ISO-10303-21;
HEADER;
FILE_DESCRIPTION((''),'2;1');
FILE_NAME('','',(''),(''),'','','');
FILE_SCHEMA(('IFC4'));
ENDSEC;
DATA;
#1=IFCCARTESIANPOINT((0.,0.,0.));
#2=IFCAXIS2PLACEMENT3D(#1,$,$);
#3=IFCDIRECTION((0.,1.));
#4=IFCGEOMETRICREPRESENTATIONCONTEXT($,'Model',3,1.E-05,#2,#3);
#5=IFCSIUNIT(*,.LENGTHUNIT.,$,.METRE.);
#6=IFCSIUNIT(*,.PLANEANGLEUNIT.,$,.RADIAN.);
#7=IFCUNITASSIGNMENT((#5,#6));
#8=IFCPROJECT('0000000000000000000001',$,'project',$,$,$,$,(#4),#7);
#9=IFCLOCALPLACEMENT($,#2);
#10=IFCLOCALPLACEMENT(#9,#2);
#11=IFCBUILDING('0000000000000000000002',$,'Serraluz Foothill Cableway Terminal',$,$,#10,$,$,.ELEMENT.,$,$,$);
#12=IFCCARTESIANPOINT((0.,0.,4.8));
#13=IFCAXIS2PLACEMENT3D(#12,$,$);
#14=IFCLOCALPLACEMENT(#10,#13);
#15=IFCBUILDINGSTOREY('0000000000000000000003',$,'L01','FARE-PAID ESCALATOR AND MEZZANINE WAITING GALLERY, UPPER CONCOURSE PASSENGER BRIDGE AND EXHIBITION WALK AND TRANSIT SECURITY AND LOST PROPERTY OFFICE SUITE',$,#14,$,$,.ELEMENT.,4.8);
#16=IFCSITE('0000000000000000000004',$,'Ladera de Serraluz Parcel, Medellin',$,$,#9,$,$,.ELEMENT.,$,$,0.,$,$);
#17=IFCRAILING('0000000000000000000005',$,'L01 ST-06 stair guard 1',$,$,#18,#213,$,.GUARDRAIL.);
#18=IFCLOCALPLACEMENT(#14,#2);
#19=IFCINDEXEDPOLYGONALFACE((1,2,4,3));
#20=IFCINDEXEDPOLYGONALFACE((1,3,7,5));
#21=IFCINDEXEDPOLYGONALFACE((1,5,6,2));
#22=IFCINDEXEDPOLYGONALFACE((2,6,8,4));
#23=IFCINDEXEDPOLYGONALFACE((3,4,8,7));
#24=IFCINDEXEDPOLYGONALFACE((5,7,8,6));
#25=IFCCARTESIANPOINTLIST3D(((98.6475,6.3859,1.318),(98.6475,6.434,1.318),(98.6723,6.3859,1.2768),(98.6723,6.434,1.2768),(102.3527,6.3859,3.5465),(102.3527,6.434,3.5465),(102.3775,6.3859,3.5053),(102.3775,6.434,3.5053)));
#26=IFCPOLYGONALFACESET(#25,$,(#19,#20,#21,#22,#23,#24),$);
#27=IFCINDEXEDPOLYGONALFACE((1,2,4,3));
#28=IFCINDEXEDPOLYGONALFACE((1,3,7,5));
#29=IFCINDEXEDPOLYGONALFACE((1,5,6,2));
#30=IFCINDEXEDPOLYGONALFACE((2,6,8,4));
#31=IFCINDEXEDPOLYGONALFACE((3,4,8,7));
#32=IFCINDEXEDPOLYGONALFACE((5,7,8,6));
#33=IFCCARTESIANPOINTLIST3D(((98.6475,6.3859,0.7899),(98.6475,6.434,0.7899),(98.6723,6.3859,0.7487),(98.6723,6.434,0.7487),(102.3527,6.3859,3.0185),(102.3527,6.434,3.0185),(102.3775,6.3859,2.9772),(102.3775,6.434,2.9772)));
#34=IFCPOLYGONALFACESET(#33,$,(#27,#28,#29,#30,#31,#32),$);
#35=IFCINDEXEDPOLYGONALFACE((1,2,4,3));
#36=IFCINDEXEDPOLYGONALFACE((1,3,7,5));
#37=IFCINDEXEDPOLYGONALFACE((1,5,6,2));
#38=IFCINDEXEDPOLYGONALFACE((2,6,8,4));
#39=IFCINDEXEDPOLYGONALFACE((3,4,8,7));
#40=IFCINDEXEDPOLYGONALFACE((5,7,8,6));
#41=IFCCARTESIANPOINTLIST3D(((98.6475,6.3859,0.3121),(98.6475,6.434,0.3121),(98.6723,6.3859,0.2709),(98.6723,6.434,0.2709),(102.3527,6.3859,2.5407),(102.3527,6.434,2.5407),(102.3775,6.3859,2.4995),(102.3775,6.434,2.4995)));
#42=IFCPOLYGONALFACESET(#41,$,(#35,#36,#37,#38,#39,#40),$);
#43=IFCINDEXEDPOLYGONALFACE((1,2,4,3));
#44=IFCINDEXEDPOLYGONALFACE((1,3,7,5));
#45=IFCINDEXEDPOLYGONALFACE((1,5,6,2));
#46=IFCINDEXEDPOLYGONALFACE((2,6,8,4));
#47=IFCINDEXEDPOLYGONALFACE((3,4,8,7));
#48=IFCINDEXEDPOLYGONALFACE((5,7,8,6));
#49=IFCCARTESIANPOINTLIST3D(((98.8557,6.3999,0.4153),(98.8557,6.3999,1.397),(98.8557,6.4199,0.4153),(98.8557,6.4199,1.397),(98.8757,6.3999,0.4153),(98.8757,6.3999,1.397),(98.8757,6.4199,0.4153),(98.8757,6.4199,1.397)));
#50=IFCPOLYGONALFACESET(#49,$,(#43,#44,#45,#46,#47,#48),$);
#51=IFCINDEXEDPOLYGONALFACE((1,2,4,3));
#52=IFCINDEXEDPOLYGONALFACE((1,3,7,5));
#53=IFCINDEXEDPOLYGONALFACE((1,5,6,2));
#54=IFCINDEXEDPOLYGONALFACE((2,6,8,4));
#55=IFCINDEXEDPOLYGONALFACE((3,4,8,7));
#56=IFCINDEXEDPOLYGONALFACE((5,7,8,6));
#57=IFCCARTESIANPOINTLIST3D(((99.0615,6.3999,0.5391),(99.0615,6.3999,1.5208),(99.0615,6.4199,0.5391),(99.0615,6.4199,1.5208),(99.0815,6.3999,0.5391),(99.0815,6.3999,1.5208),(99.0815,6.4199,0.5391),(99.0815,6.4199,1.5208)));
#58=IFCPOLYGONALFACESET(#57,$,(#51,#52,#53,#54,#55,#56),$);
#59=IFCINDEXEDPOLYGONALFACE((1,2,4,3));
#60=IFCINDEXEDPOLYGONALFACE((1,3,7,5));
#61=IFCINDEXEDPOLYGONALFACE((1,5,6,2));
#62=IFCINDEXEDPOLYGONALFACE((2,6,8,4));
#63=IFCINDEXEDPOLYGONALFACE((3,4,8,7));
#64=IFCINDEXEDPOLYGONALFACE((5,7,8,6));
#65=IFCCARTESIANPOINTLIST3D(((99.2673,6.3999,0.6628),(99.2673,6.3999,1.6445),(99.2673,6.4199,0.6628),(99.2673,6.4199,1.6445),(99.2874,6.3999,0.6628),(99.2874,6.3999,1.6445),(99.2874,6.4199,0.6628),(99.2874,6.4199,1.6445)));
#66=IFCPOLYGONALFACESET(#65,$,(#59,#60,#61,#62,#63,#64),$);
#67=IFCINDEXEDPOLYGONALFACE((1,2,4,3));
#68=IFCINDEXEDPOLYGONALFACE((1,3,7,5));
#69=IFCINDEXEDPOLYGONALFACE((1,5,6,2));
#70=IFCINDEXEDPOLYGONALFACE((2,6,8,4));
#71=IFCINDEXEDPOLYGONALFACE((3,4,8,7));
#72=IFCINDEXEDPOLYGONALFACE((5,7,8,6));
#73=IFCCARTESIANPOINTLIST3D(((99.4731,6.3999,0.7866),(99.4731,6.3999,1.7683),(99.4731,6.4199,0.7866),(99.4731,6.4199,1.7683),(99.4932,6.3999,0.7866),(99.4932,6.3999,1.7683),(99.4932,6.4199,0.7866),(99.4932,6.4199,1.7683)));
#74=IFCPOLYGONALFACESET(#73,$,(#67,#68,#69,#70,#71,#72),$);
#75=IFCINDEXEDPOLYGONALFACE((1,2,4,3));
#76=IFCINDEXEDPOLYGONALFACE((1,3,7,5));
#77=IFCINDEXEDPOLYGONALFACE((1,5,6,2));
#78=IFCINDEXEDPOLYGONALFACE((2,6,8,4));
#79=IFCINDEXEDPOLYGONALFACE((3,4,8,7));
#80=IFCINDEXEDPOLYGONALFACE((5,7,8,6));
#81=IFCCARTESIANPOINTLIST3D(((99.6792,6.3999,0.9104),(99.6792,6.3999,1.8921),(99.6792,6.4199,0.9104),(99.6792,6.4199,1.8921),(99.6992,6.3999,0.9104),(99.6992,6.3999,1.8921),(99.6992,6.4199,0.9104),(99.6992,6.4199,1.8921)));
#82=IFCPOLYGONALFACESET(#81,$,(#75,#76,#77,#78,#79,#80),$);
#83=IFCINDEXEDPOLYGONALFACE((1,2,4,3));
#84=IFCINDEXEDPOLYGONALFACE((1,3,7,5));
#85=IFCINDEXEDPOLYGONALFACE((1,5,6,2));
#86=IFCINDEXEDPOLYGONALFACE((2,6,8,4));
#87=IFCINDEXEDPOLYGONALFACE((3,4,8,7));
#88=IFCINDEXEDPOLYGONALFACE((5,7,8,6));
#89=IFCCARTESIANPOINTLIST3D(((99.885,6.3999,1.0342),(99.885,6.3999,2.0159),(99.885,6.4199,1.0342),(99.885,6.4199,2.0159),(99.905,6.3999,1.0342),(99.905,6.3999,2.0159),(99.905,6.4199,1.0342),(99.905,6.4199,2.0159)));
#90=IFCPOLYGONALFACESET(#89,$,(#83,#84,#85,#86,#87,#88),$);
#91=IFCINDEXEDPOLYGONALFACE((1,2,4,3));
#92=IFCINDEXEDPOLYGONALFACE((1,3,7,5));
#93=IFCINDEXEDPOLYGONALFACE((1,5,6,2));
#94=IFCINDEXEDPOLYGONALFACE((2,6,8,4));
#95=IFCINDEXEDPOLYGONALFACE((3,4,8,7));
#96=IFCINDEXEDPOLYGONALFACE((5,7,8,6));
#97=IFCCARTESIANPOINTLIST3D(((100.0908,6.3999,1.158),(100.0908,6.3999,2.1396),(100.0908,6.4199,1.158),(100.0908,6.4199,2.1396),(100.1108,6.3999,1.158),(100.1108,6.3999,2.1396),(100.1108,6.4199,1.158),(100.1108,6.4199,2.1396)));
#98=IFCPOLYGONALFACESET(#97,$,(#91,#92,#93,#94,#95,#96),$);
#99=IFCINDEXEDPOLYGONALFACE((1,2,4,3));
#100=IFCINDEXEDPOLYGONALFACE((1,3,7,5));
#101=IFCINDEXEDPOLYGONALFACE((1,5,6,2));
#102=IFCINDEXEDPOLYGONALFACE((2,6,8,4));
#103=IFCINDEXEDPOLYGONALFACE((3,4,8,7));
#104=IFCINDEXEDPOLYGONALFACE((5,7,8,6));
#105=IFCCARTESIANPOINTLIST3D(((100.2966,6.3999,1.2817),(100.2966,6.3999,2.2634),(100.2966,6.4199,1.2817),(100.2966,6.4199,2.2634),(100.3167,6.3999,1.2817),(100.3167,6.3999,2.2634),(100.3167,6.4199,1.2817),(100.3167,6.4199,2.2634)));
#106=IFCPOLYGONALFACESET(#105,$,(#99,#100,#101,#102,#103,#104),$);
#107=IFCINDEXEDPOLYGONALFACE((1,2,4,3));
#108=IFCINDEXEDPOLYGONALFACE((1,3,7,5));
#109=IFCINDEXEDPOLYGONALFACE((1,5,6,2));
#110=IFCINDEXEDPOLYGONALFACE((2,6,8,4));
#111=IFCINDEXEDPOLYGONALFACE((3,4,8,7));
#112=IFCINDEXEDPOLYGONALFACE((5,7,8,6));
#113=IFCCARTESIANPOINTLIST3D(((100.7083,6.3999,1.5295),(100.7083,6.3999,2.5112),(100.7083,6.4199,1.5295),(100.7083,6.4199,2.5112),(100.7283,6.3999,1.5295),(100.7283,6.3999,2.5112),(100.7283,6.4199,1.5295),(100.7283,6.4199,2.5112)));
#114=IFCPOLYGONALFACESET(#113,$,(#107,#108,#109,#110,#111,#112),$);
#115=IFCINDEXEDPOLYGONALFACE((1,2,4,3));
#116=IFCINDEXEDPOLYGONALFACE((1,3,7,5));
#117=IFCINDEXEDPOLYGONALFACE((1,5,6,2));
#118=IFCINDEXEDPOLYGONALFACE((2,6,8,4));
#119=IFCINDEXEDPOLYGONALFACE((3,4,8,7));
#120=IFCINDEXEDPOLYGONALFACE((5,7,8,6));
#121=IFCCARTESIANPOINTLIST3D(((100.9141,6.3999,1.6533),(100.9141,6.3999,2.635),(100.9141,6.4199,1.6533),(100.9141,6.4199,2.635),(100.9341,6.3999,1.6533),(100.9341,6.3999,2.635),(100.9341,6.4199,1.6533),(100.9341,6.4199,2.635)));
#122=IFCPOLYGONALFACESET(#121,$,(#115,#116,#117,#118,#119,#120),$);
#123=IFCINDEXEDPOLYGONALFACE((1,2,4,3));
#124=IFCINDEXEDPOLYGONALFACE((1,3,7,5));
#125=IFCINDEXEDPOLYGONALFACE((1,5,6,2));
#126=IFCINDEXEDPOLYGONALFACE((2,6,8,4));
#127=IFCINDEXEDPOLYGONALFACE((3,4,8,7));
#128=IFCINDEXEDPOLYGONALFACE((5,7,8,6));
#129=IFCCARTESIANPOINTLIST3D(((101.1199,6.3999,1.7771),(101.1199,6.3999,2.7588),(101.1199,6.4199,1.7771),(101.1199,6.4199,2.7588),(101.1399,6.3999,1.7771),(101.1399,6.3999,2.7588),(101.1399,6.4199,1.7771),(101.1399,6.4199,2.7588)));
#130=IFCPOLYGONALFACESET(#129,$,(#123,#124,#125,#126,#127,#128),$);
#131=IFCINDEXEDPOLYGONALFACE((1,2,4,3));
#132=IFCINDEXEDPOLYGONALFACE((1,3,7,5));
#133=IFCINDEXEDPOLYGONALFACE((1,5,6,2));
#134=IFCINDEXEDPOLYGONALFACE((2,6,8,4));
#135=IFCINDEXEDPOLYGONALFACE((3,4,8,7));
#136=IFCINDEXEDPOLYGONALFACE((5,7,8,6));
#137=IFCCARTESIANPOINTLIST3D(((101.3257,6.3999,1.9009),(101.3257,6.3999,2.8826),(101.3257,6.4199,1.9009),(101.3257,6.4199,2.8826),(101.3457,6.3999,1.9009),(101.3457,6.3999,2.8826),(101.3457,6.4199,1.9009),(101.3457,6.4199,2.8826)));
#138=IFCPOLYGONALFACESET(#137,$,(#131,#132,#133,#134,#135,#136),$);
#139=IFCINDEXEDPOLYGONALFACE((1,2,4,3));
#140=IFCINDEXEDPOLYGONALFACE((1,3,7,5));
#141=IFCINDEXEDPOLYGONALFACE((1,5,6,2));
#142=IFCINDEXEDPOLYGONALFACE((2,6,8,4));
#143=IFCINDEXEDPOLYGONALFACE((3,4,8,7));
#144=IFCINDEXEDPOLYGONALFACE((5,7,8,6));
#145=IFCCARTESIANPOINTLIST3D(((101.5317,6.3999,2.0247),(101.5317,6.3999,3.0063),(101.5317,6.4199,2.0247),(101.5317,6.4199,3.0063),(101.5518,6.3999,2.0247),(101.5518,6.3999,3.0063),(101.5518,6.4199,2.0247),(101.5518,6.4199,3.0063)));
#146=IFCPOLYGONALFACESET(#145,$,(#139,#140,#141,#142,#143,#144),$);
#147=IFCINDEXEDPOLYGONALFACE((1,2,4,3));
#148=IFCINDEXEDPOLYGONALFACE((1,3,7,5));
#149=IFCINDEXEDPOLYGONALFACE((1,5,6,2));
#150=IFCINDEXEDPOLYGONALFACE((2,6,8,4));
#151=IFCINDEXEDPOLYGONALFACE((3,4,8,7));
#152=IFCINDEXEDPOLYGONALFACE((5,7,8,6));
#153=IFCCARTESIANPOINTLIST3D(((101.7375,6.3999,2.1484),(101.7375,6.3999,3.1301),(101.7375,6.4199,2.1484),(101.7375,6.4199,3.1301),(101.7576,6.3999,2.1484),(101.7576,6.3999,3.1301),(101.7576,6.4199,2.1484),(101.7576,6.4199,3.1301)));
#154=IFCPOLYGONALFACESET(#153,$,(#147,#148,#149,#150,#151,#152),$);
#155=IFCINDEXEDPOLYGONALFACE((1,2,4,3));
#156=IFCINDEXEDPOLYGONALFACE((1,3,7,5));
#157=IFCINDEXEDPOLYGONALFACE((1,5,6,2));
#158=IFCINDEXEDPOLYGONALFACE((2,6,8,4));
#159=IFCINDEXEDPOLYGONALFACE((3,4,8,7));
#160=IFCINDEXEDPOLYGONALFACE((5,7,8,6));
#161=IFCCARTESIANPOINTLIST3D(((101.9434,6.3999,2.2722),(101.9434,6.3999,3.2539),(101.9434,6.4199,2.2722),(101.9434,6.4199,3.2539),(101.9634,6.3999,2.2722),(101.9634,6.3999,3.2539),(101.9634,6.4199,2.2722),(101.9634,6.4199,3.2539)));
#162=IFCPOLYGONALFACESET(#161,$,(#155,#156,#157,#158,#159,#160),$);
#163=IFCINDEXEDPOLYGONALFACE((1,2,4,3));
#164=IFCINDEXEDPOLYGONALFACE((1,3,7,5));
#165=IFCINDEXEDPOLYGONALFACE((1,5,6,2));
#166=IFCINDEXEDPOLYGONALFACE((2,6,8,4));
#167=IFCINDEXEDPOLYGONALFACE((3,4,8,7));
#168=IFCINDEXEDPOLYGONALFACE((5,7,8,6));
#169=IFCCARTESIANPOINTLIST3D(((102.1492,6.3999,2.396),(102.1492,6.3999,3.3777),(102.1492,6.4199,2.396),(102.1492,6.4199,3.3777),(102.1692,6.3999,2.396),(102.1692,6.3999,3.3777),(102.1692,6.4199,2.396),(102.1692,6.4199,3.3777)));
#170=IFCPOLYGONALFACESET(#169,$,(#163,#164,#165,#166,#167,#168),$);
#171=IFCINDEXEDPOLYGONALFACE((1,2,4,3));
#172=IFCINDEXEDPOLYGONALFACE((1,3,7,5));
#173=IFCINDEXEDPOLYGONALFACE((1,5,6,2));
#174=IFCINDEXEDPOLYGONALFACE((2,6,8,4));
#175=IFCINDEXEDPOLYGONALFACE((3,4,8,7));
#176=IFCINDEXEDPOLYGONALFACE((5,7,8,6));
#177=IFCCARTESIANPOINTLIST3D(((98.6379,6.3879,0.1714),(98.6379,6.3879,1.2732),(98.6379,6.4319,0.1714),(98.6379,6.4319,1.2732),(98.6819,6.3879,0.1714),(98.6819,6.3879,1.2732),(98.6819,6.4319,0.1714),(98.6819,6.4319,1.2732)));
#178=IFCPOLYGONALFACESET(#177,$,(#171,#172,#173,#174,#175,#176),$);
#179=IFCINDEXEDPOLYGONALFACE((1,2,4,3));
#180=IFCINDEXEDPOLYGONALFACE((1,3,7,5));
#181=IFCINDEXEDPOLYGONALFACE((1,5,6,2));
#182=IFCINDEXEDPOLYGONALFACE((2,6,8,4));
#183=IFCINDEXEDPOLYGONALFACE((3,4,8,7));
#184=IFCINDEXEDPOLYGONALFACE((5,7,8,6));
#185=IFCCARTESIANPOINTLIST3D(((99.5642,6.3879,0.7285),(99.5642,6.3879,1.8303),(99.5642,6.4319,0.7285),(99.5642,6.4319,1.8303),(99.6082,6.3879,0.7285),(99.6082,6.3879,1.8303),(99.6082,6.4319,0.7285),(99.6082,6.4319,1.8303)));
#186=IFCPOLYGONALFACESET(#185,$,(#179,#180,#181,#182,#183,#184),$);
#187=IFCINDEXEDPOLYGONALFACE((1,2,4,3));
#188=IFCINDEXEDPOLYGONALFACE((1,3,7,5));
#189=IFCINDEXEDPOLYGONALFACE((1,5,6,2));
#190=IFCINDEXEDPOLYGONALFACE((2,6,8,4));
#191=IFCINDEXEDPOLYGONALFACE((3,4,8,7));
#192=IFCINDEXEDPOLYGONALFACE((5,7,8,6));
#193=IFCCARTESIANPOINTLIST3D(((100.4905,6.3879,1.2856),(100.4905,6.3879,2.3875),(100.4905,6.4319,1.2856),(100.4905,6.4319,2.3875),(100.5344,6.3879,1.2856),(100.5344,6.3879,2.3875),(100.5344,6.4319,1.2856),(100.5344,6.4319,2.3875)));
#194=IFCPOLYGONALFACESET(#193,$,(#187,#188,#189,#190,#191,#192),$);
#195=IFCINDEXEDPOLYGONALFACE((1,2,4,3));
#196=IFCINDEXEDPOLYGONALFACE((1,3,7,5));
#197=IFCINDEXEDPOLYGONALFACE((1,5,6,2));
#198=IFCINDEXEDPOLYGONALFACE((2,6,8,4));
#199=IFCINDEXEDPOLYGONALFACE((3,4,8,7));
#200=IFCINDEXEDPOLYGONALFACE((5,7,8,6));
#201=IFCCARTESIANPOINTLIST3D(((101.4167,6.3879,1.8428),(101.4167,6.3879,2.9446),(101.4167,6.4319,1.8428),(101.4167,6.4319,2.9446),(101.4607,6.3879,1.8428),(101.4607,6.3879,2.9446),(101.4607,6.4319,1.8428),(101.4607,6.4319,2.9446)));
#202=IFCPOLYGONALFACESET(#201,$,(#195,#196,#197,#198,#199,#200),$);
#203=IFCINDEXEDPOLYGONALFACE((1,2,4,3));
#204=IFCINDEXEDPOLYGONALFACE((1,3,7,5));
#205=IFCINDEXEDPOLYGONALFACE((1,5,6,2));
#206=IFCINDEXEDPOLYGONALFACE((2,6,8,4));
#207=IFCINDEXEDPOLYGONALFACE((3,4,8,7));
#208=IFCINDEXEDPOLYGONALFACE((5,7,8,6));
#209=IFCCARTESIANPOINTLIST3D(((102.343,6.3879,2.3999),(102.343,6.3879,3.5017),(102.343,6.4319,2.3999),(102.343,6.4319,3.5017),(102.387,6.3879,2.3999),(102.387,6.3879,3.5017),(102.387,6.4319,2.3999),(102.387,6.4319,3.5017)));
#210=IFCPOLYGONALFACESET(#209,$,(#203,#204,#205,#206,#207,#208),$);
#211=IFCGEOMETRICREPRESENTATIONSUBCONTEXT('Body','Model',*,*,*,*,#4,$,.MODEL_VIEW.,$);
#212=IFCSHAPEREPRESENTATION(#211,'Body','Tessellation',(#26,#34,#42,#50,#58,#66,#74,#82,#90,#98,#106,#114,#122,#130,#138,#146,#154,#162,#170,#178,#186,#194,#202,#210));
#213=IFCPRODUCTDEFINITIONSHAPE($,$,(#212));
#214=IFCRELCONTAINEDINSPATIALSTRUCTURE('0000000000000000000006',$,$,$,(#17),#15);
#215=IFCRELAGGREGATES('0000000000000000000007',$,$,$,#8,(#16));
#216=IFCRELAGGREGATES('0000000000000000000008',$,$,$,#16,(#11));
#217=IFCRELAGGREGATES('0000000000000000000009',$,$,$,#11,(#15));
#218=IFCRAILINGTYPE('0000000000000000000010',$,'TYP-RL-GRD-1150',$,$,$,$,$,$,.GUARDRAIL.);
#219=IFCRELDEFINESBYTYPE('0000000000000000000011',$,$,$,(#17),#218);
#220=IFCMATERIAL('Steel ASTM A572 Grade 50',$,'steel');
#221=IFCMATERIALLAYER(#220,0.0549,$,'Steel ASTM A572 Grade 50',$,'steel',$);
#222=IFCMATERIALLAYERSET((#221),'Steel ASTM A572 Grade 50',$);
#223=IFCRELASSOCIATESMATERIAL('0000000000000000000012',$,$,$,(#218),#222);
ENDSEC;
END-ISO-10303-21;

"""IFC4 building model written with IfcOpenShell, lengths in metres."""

from ifc_helpers import new_model, si_unit, direction, frame, origin, origin_2d, place, context, subcontext, project, spatial, rectangle, extrude, material, layer, layer_set, type_object, element, save


model = new_model("IFC4")

# Units and contexts
model_context = context("Model", 3, precision=1e-05, world=origin(), true_north=direction((0.0, 1.0)))
body_context = subcontext(model_context, "Body", "Model", "MODEL_VIEW")
ifc_project = project(units=[si_unit("LENGTHUNIT", "METRE"), si_unit("PLANEANGLEUNIT", "RADIAN")], contexts=[model_context])

# Site, building, storey
site_placement = place(None, origin())
site = spatial("IfcSite", under=ifc_project, at=site_placement, Name="Ladera de Serraluz Parcel, Medellin", CompositionType="ELEMENT", RefElevation=0.0)
building_placement = place(site_placement, origin())
building = spatial("IfcBuilding", under=site, at=building_placement, Name="Serraluz Foothill Cableway Terminal", CompositionType="ELEMENT")
storey_placement = place(building_placement, frame((0.0, 0.0, 4.8)))
storey = spatial("IfcBuildingStorey", under=building, at=storey_placement, Name="L01", Description="FARE-PAID ESCALATOR AND MEZZANINE WAITING GALLERY, UPPER CONCOURSE PASSENGER BRIDGE AND EXHIBITION WALK AND TRANSIT SECURITY AND LOST PROPERTY OFFICE SUITE", CompositionType="ELEMENT", Elevation=4.8)

# Railing
ifc_material_1 = material(Name="Steel ASTM A572 Grade 50", Category="steel")
ifc_layer_1 = layer(ifc_material_1, 0.0549, Name="Steel ASTM A572 Grade 50", Category="steel")
ifc_layer_set_1 = layer_set([ifc_layer_1], Name="Steel ASTM A572 Grade 50")
railing_type_1 = type_object("IfcRailingType", Name="TYP-RL-GRD-1150", PredefinedType="GUARDRAIL", material=ifc_layer_set_1)
railing_1_placement = place(storey_placement, frame((98.6599, 6.4099, 0.1714)))
element("IfcRailing", 1, at=railing_1_placement, inside=storey, type_object=railing_type_1, Name="L01 ST-06 stair guard 1", PredefinedType="GUARDRAIL", context=body_context, shape_type="SweptSolid", body=[
    extrude(rectangle(XDim=0.0481, YDim=0.0481, at=origin_2d()), frame((0.0, 0.0, 1.126), z_axis=(0.856934, 0.0, 0.515425), x_axis=(0.0, 1.0, 0.0)), (0.0, 0.0, 1.0), 4.3237),
    extrude(rectangle(XDim=0.0481, YDim=0.0481, at=origin_2d()), frame((0.0, 0.0, 0.5979), z_axis=(0.856934, 0.0, 0.515425), x_axis=(0.0, 1.0, 0.0)), (0.0, 0.0, 1.0), 4.3237),
    extrude(rectangle(XDim=0.0481, YDim=0.0481, at=origin_2d()), frame((0.0, 0.0, 0.1201), z_axis=(0.856934, 0.0, 0.515425), x_axis=(0.0, 1.0, 0.0)), (0.0, 0.0, 1.0), 4.3237),
    extrude(rectangle(XDim=0.02, YDim=0.02, at=origin_2d()), frame((0.2058, 0.0, 0.2439)), (0.0, 0.0, 1.0), 0.9817),
    extrude(rectangle(XDim=0.02, YDim=0.02, at=origin_2d()), frame((0.4116, 0.0, 0.3677)), (0.0, 0.0, 1.0), 0.9817),
    extrude(rectangle(XDim=0.02, YDim=0.02, at=origin_2d()), frame((0.6174, 0.0, 0.4915)), (0.0, 0.0, 1.0), 0.9817),
    extrude(rectangle(XDim=0.02, YDim=0.02, at=origin_2d()), frame((0.8232, 0.0, 0.6152)), (0.0, 0.0, 1.0), 0.9817),
    extrude(rectangle(XDim=0.02, YDim=0.02, at=origin_2d()), frame((1.0293, 0.0, 0.739)), (0.0, 0.0, 1.0), 0.9817),
    extrude(rectangle(XDim=0.02, YDim=0.02, at=origin_2d()), frame((1.2351, 0.0, 0.8628)), (0.0, 0.0, 1.0), 0.9817),
    extrude(rectangle(XDim=0.02, YDim=0.02, at=origin_2d()), frame((1.4409, 0.0, 0.9866)), (0.0, 0.0, 1.0), 0.9817),
    extrude(rectangle(XDim=0.02, YDim=0.02, at=origin_2d()), frame((1.6467, 0.0, 1.1104)), (0.0, 0.0, 1.0), 0.9817),
    extrude(rectangle(XDim=0.02, YDim=0.02, at=origin_2d()), frame((2.0583, 0.0, 1.3582)), (0.0, 0.0, 1.0), 0.9817),
    extrude(rectangle(XDim=0.02, YDim=0.02, at=origin_2d()), frame((2.2642, 0.0, 1.4819)), (0.0, 0.0, 1.0), 0.9817),
    extrude(rectangle(XDim=0.02, YDim=0.02, at=origin_2d()), frame((2.47, 0.0, 1.6057)), (0.0, 0.0, 1.0), 0.9817),
    extrude(rectangle(XDim=0.02, YDim=0.02, at=origin_2d()), frame((2.6758, 0.0, 1.7295)), (0.0, 0.0, 1.0), 0.9817),
    extrude(rectangle(XDim=0.02, YDim=0.02, at=origin_2d()), frame((2.8818, 0.0, 1.8533)), (0.0, 0.0, 1.0), 0.9817),
    extrude(rectangle(XDim=0.02, YDim=0.02, at=origin_2d()), frame((3.0876, 0.0, 1.9771)), (0.0, 0.0, 1.0), 0.9817),
    extrude(rectangle(XDim=0.02, YDim=0.02, at=origin_2d()), frame((3.2935, 0.0, 2.1008)), (0.0, 0.0, 1.0), 0.9817),
    extrude(rectangle(XDim=0.02, YDim=0.02, at=origin_2d()), frame((3.4993, 0.0, 2.2246)), (0.0, 0.0, 1.0), 0.9817),
    extrude(rectangle(XDim=0.0439, YDim=0.0439, at=origin_2d()), origin(), (0.0, 0.0, 1.0), 1.1018),
    extrude(rectangle(XDim=0.0439, YDim=0.0439, at=origin_2d()), frame((0.9263, 0.0, 0.5571)), (0.0, 0.0, 1.0), 1.1018),
    extrude(rectangle(XDim=0.0439, YDim=0.0439, at=origin_2d()), frame((1.8525, 0.0, 1.1143)), (0.0, 0.0, 1.0), 1.1018),
    extrude(rectangle(XDim=0.0439, YDim=0.0439, at=origin_2d()), frame((2.7788, 0.0, 1.6714)), (0.0, 0.0, 1.0), 1.1018),
    extrude(rectangle(XDim=0.0439, YDim=0.0439, at=origin_2d()), frame((3.7051, 0.0, 2.2285)), (0.0, 0.0, 1.0), 1.1018),
])

save(model, "model.ifc")
